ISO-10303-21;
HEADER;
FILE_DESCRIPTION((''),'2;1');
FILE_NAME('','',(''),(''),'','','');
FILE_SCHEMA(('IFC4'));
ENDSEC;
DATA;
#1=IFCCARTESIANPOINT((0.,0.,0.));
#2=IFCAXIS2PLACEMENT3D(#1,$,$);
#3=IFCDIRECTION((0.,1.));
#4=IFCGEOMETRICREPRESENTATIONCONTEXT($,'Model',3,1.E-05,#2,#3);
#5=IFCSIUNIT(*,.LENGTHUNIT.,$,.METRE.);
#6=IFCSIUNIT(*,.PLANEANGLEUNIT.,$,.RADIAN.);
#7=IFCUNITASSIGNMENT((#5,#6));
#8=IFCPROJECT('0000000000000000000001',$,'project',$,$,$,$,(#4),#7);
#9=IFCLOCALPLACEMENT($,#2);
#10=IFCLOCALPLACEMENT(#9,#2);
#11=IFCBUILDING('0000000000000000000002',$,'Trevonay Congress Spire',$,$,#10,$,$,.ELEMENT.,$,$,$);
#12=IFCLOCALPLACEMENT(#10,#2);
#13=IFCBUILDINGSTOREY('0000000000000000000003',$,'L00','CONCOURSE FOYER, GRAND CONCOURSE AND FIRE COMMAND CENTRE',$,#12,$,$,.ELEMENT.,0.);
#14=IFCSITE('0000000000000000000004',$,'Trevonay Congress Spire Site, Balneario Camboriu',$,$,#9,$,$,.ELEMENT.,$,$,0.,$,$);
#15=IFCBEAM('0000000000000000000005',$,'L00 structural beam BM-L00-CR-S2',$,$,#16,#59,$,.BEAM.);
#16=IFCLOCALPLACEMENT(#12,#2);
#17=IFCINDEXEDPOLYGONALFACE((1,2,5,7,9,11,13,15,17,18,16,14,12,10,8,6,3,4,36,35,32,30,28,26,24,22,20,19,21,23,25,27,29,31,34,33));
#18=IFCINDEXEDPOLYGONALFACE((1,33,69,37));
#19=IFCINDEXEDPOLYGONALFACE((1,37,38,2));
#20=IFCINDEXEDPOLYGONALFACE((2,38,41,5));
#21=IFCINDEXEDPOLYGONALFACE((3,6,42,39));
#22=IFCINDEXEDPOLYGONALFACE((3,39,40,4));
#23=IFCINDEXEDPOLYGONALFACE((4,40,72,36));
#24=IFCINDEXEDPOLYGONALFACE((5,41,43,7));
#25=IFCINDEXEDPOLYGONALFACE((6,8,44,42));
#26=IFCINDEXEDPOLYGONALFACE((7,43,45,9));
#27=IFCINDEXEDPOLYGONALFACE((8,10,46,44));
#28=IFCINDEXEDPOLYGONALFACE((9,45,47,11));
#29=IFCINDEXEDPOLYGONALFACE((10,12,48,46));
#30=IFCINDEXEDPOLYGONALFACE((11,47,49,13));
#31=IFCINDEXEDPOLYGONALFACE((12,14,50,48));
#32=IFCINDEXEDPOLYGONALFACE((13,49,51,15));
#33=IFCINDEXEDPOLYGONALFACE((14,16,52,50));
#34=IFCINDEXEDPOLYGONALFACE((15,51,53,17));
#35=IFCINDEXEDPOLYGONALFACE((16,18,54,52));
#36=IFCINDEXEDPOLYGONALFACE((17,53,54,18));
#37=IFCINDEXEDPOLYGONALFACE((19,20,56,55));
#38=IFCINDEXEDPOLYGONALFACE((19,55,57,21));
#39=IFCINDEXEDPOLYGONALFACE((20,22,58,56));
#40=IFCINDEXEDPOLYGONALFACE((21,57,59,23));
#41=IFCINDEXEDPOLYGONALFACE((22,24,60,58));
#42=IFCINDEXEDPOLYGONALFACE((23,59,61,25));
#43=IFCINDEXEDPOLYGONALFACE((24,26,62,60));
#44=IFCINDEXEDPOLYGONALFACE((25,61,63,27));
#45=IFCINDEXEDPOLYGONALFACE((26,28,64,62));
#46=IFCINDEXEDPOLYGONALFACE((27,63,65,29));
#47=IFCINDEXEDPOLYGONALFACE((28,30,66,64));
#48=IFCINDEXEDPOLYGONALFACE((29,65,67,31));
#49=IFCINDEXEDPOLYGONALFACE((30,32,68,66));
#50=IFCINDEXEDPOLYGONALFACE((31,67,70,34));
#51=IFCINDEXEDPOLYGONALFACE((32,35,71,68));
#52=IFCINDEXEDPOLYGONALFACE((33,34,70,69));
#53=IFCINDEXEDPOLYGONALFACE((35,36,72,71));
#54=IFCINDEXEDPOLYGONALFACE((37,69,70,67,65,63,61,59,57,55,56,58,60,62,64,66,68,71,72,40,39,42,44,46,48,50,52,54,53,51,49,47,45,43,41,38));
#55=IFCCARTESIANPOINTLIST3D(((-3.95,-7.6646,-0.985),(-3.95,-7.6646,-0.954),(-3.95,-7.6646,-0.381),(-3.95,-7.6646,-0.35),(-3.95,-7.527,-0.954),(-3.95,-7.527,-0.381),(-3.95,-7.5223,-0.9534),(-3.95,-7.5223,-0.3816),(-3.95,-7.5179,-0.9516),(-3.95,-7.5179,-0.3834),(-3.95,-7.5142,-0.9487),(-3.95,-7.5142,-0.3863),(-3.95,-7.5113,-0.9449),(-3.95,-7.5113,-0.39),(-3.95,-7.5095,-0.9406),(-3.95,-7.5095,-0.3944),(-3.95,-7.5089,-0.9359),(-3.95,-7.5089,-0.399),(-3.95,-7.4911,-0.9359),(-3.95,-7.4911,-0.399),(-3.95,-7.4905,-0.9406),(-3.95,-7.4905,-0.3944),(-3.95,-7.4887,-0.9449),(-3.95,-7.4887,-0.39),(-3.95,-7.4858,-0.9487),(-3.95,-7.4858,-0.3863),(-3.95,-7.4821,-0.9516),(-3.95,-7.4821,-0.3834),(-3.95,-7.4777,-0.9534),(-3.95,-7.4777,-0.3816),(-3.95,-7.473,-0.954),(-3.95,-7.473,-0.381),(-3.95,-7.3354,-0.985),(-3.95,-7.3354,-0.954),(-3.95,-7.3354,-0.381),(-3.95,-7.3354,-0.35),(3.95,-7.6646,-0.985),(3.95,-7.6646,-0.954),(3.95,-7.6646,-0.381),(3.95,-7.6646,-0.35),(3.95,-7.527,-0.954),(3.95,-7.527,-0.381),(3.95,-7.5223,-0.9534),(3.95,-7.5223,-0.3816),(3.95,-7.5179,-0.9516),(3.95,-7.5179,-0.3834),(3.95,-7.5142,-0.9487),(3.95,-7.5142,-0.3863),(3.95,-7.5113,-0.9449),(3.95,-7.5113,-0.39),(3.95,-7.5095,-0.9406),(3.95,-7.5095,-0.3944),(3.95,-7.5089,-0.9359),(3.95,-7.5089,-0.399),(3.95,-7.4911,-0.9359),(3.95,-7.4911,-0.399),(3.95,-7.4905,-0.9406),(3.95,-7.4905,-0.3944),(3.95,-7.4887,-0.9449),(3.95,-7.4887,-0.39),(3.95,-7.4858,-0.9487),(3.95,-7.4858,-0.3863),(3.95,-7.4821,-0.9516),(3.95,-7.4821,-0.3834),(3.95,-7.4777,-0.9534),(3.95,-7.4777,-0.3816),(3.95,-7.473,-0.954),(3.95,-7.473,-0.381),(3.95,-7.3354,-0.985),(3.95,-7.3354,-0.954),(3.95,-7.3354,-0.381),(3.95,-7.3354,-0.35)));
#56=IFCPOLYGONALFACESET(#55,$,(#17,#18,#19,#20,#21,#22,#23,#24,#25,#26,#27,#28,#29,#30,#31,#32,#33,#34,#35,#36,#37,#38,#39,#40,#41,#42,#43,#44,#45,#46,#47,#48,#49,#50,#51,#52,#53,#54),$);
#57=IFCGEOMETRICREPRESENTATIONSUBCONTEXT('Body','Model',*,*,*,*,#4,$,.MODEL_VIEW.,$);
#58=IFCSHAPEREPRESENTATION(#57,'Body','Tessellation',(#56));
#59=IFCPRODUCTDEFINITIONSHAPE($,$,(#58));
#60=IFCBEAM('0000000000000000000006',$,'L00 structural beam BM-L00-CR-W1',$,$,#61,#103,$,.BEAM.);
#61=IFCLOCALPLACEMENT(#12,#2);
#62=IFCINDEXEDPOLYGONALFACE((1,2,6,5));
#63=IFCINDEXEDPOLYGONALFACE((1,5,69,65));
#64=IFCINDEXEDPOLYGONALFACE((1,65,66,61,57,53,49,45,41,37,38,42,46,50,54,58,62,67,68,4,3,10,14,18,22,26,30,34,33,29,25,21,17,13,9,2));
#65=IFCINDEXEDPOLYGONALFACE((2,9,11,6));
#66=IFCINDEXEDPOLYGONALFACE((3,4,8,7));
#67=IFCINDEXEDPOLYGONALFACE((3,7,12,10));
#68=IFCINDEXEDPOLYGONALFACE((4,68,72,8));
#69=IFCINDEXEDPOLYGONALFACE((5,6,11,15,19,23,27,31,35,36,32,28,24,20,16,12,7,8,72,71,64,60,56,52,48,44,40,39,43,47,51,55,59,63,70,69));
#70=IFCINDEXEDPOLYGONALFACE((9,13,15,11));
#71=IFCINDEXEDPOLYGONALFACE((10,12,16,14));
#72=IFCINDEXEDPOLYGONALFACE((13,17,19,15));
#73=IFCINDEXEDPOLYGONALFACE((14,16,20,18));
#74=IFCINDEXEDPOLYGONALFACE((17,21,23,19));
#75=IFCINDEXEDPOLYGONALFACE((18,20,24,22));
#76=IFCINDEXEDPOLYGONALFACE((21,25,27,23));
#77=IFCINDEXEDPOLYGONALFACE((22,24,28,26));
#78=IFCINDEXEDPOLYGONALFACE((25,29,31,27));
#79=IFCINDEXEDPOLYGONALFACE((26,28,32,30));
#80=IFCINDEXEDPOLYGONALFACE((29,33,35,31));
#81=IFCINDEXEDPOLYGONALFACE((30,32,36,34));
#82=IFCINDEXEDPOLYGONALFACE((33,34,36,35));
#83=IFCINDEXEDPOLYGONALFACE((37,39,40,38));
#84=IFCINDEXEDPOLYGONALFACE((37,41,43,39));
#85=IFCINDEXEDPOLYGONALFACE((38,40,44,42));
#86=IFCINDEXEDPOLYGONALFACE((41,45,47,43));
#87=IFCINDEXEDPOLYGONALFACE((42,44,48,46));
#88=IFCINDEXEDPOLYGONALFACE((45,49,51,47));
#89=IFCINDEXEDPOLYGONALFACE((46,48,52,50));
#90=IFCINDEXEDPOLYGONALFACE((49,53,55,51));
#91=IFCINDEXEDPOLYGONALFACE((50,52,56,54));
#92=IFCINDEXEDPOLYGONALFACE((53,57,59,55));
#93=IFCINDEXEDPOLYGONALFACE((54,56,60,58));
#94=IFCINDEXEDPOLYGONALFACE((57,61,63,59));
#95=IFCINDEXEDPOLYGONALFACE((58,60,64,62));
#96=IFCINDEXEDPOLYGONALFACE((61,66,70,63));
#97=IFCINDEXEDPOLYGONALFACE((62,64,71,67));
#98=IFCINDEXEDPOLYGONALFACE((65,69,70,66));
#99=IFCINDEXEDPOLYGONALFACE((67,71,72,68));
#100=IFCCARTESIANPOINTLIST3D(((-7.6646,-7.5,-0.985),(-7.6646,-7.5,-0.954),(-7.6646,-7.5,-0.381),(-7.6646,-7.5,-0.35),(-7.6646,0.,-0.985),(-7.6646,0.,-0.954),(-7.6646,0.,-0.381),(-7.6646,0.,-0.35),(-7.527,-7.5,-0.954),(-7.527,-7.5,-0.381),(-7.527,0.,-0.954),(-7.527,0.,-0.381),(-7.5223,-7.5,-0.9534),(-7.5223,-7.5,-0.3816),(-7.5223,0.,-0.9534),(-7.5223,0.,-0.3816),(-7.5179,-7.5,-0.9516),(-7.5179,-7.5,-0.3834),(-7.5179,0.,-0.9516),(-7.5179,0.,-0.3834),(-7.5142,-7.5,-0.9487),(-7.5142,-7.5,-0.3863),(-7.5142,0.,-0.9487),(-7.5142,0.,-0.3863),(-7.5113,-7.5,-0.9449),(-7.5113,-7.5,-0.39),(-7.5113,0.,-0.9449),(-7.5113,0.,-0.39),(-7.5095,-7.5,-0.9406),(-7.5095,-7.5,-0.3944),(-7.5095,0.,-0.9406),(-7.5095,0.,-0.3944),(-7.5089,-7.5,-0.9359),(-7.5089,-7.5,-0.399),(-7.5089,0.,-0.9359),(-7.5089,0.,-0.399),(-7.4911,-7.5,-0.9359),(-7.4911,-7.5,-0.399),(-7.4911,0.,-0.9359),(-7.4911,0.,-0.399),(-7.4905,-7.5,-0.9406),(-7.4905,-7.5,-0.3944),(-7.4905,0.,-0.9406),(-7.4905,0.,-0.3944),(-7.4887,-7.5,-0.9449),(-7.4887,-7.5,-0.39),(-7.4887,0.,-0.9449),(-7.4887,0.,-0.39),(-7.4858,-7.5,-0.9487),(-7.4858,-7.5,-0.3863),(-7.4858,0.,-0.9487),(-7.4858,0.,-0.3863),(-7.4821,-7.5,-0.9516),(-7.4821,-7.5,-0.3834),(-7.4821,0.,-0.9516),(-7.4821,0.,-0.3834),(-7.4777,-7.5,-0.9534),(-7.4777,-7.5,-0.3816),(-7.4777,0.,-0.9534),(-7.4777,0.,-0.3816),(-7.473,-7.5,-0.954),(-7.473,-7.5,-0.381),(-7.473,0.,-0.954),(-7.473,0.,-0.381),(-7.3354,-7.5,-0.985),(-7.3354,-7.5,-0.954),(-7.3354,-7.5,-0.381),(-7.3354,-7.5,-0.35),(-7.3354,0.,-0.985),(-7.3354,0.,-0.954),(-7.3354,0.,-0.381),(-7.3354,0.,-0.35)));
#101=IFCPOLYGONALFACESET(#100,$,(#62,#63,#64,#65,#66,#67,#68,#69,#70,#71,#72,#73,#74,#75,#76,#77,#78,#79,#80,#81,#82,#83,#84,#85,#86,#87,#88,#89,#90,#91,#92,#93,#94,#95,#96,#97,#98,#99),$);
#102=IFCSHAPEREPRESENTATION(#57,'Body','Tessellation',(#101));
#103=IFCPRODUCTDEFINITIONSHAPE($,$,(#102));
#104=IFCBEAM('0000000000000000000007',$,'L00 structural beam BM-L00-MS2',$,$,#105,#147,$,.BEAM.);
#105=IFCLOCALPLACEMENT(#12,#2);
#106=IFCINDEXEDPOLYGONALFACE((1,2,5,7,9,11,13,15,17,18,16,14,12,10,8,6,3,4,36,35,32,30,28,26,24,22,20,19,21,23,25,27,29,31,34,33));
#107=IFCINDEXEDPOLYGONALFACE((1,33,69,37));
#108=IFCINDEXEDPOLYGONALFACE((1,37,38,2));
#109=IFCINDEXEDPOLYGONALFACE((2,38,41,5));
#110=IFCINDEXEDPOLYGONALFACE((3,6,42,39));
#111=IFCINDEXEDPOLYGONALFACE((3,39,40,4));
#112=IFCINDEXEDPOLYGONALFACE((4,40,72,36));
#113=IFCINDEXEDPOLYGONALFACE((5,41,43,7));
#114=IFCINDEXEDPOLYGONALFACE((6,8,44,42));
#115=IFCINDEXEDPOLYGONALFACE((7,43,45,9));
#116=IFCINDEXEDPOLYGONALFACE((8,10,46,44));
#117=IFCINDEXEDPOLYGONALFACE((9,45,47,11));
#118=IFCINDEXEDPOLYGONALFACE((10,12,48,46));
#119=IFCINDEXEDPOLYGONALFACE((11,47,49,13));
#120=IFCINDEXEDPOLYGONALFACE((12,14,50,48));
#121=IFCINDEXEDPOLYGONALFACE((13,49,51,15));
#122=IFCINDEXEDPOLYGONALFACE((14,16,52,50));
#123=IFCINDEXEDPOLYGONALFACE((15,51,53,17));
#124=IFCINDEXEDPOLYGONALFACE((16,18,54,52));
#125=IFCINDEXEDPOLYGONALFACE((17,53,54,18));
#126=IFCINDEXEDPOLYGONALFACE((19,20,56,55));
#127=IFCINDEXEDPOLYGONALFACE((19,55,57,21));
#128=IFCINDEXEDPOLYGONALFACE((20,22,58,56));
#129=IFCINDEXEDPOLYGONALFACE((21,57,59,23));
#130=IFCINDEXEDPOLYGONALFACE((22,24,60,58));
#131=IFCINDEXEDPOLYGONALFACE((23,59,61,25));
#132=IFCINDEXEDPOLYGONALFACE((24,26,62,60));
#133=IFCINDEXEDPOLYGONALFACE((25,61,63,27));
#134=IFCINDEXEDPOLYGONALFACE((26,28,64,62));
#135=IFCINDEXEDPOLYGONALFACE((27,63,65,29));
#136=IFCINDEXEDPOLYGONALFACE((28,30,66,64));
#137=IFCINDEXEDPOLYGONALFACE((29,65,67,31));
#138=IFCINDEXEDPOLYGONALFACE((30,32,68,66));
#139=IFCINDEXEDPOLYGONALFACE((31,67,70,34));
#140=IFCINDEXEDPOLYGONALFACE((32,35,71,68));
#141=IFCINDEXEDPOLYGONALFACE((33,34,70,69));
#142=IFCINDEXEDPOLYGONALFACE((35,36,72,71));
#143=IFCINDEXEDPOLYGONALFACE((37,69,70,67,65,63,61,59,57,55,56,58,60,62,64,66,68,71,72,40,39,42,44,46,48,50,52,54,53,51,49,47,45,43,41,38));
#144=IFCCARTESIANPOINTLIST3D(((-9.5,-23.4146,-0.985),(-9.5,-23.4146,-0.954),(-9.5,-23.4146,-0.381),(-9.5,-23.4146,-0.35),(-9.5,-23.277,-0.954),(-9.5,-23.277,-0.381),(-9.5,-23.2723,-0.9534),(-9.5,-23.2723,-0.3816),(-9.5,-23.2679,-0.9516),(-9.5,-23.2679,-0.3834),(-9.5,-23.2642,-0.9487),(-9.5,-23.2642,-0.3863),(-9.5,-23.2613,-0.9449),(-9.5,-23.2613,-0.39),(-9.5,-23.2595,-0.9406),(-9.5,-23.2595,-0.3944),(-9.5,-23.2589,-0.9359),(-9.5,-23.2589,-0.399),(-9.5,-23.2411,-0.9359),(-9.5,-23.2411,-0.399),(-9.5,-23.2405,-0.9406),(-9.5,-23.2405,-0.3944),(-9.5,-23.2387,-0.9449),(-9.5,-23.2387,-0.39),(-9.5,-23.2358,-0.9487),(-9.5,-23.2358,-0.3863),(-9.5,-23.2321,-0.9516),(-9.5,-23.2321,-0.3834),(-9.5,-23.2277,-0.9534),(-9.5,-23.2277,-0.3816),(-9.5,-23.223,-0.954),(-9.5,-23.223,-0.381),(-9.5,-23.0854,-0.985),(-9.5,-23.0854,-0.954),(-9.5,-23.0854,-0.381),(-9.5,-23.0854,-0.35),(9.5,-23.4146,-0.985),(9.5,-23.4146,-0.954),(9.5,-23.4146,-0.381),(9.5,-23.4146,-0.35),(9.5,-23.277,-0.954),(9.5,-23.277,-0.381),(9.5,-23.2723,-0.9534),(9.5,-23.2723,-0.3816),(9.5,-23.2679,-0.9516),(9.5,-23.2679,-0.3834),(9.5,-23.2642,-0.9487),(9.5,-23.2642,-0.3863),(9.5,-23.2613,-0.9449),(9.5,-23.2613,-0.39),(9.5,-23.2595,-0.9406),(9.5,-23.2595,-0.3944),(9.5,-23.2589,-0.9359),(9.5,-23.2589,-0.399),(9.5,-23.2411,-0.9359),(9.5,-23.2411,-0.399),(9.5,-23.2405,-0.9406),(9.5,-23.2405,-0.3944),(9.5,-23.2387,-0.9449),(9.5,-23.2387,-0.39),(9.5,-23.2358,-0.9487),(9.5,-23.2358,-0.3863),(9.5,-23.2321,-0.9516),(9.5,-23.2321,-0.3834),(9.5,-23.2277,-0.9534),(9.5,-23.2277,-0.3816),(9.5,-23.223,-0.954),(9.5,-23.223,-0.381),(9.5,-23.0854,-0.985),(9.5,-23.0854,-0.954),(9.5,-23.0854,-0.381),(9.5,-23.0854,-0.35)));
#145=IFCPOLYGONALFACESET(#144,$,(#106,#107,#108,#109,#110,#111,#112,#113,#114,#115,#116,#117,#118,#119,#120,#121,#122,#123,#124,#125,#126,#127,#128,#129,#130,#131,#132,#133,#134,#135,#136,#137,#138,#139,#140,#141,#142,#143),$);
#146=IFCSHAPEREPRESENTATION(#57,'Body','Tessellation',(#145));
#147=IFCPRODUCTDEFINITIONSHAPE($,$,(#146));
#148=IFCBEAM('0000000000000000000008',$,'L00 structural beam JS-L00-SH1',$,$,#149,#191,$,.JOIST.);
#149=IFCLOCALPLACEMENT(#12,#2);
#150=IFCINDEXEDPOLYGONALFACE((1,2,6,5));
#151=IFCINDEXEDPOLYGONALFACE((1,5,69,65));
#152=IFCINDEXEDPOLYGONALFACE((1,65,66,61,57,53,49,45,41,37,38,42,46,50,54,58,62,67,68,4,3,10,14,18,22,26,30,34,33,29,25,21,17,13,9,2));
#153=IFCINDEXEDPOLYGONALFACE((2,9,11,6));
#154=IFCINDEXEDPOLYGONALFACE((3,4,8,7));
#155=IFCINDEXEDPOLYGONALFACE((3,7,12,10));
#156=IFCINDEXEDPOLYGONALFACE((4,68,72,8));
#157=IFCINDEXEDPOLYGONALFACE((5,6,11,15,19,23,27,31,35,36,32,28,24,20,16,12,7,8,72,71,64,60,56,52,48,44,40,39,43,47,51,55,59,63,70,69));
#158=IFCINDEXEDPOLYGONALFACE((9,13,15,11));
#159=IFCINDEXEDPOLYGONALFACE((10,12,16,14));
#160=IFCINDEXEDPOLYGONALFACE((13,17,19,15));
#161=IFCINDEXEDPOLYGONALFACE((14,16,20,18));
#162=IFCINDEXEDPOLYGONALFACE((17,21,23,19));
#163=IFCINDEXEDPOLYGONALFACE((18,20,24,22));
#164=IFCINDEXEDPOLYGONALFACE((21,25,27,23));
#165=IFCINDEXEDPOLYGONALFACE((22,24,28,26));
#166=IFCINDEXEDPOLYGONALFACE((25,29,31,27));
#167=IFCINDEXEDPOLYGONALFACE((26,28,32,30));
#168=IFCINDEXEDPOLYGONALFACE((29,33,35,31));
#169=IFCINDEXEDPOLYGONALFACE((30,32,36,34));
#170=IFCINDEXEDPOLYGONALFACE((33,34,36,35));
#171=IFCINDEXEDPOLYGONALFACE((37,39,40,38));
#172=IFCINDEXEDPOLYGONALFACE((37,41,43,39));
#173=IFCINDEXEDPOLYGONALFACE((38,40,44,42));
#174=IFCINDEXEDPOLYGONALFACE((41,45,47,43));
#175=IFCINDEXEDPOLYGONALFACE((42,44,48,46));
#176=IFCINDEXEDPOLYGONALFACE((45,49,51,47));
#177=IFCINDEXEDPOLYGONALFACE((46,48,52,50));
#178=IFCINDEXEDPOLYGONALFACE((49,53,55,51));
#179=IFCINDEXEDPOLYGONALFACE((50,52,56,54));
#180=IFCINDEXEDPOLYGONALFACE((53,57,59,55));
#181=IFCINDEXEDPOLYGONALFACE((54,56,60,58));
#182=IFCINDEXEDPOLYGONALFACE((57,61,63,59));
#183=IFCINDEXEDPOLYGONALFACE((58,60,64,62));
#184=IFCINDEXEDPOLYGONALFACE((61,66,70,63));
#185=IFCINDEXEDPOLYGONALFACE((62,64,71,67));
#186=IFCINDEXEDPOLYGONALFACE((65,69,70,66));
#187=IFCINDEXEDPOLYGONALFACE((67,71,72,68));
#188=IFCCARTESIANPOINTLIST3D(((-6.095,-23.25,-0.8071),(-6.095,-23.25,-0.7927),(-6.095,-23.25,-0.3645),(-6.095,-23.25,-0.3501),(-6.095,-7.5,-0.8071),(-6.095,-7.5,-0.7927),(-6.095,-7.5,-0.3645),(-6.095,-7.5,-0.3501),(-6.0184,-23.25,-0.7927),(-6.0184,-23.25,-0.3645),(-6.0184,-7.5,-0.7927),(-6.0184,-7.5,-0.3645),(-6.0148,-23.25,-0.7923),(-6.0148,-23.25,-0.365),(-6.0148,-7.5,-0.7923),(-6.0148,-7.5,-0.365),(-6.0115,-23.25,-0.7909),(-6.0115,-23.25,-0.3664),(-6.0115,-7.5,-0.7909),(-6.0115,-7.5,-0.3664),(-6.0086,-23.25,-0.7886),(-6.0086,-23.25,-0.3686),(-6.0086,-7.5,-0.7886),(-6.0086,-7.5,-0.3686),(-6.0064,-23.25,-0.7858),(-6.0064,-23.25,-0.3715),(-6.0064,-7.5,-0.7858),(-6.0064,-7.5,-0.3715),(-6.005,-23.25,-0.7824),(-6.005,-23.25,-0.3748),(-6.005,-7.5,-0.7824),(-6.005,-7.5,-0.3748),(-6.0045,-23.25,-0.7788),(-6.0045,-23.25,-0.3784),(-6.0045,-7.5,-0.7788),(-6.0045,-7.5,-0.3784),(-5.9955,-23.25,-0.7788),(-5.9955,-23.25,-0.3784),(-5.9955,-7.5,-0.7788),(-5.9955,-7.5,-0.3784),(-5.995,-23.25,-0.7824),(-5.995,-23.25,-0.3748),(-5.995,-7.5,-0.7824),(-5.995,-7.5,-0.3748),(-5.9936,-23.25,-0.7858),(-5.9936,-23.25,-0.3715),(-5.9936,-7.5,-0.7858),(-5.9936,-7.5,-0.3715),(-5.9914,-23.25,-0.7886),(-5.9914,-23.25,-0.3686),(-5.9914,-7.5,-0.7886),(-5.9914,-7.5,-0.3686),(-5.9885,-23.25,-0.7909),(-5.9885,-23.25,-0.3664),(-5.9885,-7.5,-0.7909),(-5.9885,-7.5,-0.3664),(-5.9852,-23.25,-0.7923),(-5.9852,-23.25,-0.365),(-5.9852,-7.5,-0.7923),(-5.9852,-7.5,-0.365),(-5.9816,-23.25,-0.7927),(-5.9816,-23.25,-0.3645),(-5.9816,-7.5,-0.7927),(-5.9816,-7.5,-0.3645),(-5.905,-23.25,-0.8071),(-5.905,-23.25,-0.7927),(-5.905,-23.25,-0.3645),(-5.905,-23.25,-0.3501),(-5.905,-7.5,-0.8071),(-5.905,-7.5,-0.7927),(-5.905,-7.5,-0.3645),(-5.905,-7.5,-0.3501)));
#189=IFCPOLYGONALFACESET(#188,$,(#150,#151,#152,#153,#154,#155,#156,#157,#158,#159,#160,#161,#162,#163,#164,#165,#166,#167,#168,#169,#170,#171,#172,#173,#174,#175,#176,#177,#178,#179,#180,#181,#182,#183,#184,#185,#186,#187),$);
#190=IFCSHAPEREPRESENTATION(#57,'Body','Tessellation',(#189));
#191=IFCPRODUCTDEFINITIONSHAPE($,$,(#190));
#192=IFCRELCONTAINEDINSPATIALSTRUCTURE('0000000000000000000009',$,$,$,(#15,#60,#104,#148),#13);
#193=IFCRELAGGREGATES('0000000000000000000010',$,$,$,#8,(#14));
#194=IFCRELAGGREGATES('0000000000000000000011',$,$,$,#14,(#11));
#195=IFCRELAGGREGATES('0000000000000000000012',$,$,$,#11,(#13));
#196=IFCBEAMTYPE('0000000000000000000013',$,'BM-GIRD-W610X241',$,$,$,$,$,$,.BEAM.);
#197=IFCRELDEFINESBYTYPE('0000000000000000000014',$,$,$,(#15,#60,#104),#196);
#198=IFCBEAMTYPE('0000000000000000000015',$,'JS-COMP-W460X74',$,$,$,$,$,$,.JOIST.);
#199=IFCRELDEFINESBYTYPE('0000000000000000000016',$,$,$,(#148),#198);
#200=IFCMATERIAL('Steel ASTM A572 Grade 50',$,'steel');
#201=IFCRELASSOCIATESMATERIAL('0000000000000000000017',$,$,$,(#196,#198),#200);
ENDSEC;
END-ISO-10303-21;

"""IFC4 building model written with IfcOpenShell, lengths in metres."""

from ifc_helpers import new_model, si_unit, direction, frame, origin, origin_2d, place, context, subcontext, project, spatial, i_section, extrude, material, material_profile, profile_set, type_object, element, save


model = new_model("IFC4")

# Units and contexts
model_context = context("Model", 3, precision=1e-05, world=origin(), true_north=direction((0.0, 1.0)))
body_context = subcontext(model_context, "Body", "Model", "MODEL_VIEW")
ifc_project = project(units=[si_unit("LENGTHUNIT", "METRE"), si_unit("PLANEANGLEUNIT", "RADIAN")], contexts=[model_context])

# Site, building, storey
site_placement = place(None, origin())
site = spatial("IfcSite", under=ifc_project, at=site_placement, Name="Trevonay Congress Spire Site, Balneario Camboriu", CompositionType="ELEMENT", RefElevation=0.0)
building_placement = place(site_placement, origin())
building = spatial("IfcBuilding", under=site, at=building_placement, Name="Trevonay Congress Spire", CompositionType="ELEMENT")
storey_placement = place(building_placement, origin())
storey = spatial("IfcBuildingStorey", under=building, at=storey_placement, Name="L00", Description="CONCOURSE FOYER, GRAND CONCOURSE AND FIRE COMMAND CENTRE", CompositionType="ELEMENT", Elevation=0.0)

# Shared definitions
ifc_material_1 = material(Name="Steel ASTM A572 Grade 50", Category="steel")

# Beams
ifc_material_profile_1 = material_profile(ifc_material_1, i_section(OverallWidth=0.3291, OverallDepth=0.635, WebThickness=0.0178, FlangeThickness=0.031, FilletRadius=0.0181, at=origin_2d()), Name="W610x241")
ifc_profile_set_1 = profile_set([ifc_material_profile_1], Name="Steel ASTM A572 Grade 50")
beam_type_1 = type_object("IfcBeamType", Name="BM-GIRD-W610X241", PredefinedType="BEAM", material=ifc_profile_set_1)
beam_1_placement = place(storey_placement, frame((-3.95, -7.5, -0.6675), z_axis=(1.0, 0.0, 0.0), x_axis=(0.0, 1.0, 0.0)))
element("IfcBeam", 1, at=beam_1_placement, inside=storey, type_object=beam_type_1, Name="L00 structural beam BM-L00-CR-S2", PredefinedType="BEAM", context=body_context, shape_type="SweptSolid", body=[
    extrude(i_section(OverallWidth=0.3291, OverallDepth=0.635, WebThickness=0.0178, FlangeThickness=0.031, FilletRadius=0.0181, at=origin_2d()), origin(), (0.0, 0.0, 1.0), 7.8999),
])
beam_2_placement = place(storey_placement, frame((-7.5, -7.5, -0.6675), z_axis=(0.0, 1.0, 0.0), x_axis=(-1.0, 0.0, 0.0)))
element("IfcBeam", 2, at=beam_2_placement, inside=storey, type_object=beam_type_1, Name="L00 structural beam BM-L00-CR-W1", PredefinedType="BEAM", context=body_context, shape_type="SweptSolid", body=[
    extrude(i_section(OverallWidth=0.3291, OverallDepth=0.635, WebThickness=0.0178, FlangeThickness=0.031, FilletRadius=0.0181, at=origin_2d()), origin(), (0.0, 0.0, 1.0), 7.5),
])
beam_3_placement = place(storey_placement, frame((-9.5, -23.25, -0.6675), z_axis=(1.0, 0.0, 0.0), x_axis=(0.0, 1.0, 0.0)))
element("IfcBeam", 3, at=beam_3_placement, inside=storey, type_object=beam_type_1, Name="L00 structural beam BM-L00-MS2", PredefinedType="BEAM", context=body_context, shape_type="SweptSolid", body=[
    extrude(i_section(OverallWidth=0.3291, OverallDepth=0.635, WebThickness=0.0178, FlangeThickness=0.031, FilletRadius=0.0181, at=origin_2d()), origin(), (0.0, 0.0, 1.0), 19.0),
])
ifc_material_profile_2 = material_profile(ifc_material_1, i_section(OverallWidth=0.1899, OverallDepth=0.457, WebThickness=0.009, FlangeThickness=0.0144, FilletRadius=0.0139, at=origin_2d()), Name="W460x74")
ifc_profile_set_2 = profile_set([ifc_material_profile_2], Name="Steel ASTM A572 Grade 50")
beam_type_2 = type_object("IfcBeamType", Name="JS-COMP-W460X74", PredefinedType="JOIST", material=ifc_profile_set_2)
for number, where, z_axis, x_axis, name in (
    (4, (-6.0, -23.25, -0.5786), (0.0, 1.0, 0.0), (-1.0, 0.0, 0.0), "L00 structural beam JS-L00-SH1"),
):
    element("IfcBeam", number, at=place(storey_placement, frame(where, z_axis=z_axis, x_axis=x_axis)), inside=storey, type_object=beam_type_2, Name=name, PredefinedType="JOIST", context=body_context, shape_type="SweptSolid", body=[
        extrude(i_section(OverallWidth=0.1899, OverallDepth=0.457, WebThickness=0.009, FlangeThickness=0.0144, FilletRadius=0.0139, at=origin_2d()), origin(), (0.0, 0.0, 1.0), 15.75),
    ])

save(model, "model.ifc")
